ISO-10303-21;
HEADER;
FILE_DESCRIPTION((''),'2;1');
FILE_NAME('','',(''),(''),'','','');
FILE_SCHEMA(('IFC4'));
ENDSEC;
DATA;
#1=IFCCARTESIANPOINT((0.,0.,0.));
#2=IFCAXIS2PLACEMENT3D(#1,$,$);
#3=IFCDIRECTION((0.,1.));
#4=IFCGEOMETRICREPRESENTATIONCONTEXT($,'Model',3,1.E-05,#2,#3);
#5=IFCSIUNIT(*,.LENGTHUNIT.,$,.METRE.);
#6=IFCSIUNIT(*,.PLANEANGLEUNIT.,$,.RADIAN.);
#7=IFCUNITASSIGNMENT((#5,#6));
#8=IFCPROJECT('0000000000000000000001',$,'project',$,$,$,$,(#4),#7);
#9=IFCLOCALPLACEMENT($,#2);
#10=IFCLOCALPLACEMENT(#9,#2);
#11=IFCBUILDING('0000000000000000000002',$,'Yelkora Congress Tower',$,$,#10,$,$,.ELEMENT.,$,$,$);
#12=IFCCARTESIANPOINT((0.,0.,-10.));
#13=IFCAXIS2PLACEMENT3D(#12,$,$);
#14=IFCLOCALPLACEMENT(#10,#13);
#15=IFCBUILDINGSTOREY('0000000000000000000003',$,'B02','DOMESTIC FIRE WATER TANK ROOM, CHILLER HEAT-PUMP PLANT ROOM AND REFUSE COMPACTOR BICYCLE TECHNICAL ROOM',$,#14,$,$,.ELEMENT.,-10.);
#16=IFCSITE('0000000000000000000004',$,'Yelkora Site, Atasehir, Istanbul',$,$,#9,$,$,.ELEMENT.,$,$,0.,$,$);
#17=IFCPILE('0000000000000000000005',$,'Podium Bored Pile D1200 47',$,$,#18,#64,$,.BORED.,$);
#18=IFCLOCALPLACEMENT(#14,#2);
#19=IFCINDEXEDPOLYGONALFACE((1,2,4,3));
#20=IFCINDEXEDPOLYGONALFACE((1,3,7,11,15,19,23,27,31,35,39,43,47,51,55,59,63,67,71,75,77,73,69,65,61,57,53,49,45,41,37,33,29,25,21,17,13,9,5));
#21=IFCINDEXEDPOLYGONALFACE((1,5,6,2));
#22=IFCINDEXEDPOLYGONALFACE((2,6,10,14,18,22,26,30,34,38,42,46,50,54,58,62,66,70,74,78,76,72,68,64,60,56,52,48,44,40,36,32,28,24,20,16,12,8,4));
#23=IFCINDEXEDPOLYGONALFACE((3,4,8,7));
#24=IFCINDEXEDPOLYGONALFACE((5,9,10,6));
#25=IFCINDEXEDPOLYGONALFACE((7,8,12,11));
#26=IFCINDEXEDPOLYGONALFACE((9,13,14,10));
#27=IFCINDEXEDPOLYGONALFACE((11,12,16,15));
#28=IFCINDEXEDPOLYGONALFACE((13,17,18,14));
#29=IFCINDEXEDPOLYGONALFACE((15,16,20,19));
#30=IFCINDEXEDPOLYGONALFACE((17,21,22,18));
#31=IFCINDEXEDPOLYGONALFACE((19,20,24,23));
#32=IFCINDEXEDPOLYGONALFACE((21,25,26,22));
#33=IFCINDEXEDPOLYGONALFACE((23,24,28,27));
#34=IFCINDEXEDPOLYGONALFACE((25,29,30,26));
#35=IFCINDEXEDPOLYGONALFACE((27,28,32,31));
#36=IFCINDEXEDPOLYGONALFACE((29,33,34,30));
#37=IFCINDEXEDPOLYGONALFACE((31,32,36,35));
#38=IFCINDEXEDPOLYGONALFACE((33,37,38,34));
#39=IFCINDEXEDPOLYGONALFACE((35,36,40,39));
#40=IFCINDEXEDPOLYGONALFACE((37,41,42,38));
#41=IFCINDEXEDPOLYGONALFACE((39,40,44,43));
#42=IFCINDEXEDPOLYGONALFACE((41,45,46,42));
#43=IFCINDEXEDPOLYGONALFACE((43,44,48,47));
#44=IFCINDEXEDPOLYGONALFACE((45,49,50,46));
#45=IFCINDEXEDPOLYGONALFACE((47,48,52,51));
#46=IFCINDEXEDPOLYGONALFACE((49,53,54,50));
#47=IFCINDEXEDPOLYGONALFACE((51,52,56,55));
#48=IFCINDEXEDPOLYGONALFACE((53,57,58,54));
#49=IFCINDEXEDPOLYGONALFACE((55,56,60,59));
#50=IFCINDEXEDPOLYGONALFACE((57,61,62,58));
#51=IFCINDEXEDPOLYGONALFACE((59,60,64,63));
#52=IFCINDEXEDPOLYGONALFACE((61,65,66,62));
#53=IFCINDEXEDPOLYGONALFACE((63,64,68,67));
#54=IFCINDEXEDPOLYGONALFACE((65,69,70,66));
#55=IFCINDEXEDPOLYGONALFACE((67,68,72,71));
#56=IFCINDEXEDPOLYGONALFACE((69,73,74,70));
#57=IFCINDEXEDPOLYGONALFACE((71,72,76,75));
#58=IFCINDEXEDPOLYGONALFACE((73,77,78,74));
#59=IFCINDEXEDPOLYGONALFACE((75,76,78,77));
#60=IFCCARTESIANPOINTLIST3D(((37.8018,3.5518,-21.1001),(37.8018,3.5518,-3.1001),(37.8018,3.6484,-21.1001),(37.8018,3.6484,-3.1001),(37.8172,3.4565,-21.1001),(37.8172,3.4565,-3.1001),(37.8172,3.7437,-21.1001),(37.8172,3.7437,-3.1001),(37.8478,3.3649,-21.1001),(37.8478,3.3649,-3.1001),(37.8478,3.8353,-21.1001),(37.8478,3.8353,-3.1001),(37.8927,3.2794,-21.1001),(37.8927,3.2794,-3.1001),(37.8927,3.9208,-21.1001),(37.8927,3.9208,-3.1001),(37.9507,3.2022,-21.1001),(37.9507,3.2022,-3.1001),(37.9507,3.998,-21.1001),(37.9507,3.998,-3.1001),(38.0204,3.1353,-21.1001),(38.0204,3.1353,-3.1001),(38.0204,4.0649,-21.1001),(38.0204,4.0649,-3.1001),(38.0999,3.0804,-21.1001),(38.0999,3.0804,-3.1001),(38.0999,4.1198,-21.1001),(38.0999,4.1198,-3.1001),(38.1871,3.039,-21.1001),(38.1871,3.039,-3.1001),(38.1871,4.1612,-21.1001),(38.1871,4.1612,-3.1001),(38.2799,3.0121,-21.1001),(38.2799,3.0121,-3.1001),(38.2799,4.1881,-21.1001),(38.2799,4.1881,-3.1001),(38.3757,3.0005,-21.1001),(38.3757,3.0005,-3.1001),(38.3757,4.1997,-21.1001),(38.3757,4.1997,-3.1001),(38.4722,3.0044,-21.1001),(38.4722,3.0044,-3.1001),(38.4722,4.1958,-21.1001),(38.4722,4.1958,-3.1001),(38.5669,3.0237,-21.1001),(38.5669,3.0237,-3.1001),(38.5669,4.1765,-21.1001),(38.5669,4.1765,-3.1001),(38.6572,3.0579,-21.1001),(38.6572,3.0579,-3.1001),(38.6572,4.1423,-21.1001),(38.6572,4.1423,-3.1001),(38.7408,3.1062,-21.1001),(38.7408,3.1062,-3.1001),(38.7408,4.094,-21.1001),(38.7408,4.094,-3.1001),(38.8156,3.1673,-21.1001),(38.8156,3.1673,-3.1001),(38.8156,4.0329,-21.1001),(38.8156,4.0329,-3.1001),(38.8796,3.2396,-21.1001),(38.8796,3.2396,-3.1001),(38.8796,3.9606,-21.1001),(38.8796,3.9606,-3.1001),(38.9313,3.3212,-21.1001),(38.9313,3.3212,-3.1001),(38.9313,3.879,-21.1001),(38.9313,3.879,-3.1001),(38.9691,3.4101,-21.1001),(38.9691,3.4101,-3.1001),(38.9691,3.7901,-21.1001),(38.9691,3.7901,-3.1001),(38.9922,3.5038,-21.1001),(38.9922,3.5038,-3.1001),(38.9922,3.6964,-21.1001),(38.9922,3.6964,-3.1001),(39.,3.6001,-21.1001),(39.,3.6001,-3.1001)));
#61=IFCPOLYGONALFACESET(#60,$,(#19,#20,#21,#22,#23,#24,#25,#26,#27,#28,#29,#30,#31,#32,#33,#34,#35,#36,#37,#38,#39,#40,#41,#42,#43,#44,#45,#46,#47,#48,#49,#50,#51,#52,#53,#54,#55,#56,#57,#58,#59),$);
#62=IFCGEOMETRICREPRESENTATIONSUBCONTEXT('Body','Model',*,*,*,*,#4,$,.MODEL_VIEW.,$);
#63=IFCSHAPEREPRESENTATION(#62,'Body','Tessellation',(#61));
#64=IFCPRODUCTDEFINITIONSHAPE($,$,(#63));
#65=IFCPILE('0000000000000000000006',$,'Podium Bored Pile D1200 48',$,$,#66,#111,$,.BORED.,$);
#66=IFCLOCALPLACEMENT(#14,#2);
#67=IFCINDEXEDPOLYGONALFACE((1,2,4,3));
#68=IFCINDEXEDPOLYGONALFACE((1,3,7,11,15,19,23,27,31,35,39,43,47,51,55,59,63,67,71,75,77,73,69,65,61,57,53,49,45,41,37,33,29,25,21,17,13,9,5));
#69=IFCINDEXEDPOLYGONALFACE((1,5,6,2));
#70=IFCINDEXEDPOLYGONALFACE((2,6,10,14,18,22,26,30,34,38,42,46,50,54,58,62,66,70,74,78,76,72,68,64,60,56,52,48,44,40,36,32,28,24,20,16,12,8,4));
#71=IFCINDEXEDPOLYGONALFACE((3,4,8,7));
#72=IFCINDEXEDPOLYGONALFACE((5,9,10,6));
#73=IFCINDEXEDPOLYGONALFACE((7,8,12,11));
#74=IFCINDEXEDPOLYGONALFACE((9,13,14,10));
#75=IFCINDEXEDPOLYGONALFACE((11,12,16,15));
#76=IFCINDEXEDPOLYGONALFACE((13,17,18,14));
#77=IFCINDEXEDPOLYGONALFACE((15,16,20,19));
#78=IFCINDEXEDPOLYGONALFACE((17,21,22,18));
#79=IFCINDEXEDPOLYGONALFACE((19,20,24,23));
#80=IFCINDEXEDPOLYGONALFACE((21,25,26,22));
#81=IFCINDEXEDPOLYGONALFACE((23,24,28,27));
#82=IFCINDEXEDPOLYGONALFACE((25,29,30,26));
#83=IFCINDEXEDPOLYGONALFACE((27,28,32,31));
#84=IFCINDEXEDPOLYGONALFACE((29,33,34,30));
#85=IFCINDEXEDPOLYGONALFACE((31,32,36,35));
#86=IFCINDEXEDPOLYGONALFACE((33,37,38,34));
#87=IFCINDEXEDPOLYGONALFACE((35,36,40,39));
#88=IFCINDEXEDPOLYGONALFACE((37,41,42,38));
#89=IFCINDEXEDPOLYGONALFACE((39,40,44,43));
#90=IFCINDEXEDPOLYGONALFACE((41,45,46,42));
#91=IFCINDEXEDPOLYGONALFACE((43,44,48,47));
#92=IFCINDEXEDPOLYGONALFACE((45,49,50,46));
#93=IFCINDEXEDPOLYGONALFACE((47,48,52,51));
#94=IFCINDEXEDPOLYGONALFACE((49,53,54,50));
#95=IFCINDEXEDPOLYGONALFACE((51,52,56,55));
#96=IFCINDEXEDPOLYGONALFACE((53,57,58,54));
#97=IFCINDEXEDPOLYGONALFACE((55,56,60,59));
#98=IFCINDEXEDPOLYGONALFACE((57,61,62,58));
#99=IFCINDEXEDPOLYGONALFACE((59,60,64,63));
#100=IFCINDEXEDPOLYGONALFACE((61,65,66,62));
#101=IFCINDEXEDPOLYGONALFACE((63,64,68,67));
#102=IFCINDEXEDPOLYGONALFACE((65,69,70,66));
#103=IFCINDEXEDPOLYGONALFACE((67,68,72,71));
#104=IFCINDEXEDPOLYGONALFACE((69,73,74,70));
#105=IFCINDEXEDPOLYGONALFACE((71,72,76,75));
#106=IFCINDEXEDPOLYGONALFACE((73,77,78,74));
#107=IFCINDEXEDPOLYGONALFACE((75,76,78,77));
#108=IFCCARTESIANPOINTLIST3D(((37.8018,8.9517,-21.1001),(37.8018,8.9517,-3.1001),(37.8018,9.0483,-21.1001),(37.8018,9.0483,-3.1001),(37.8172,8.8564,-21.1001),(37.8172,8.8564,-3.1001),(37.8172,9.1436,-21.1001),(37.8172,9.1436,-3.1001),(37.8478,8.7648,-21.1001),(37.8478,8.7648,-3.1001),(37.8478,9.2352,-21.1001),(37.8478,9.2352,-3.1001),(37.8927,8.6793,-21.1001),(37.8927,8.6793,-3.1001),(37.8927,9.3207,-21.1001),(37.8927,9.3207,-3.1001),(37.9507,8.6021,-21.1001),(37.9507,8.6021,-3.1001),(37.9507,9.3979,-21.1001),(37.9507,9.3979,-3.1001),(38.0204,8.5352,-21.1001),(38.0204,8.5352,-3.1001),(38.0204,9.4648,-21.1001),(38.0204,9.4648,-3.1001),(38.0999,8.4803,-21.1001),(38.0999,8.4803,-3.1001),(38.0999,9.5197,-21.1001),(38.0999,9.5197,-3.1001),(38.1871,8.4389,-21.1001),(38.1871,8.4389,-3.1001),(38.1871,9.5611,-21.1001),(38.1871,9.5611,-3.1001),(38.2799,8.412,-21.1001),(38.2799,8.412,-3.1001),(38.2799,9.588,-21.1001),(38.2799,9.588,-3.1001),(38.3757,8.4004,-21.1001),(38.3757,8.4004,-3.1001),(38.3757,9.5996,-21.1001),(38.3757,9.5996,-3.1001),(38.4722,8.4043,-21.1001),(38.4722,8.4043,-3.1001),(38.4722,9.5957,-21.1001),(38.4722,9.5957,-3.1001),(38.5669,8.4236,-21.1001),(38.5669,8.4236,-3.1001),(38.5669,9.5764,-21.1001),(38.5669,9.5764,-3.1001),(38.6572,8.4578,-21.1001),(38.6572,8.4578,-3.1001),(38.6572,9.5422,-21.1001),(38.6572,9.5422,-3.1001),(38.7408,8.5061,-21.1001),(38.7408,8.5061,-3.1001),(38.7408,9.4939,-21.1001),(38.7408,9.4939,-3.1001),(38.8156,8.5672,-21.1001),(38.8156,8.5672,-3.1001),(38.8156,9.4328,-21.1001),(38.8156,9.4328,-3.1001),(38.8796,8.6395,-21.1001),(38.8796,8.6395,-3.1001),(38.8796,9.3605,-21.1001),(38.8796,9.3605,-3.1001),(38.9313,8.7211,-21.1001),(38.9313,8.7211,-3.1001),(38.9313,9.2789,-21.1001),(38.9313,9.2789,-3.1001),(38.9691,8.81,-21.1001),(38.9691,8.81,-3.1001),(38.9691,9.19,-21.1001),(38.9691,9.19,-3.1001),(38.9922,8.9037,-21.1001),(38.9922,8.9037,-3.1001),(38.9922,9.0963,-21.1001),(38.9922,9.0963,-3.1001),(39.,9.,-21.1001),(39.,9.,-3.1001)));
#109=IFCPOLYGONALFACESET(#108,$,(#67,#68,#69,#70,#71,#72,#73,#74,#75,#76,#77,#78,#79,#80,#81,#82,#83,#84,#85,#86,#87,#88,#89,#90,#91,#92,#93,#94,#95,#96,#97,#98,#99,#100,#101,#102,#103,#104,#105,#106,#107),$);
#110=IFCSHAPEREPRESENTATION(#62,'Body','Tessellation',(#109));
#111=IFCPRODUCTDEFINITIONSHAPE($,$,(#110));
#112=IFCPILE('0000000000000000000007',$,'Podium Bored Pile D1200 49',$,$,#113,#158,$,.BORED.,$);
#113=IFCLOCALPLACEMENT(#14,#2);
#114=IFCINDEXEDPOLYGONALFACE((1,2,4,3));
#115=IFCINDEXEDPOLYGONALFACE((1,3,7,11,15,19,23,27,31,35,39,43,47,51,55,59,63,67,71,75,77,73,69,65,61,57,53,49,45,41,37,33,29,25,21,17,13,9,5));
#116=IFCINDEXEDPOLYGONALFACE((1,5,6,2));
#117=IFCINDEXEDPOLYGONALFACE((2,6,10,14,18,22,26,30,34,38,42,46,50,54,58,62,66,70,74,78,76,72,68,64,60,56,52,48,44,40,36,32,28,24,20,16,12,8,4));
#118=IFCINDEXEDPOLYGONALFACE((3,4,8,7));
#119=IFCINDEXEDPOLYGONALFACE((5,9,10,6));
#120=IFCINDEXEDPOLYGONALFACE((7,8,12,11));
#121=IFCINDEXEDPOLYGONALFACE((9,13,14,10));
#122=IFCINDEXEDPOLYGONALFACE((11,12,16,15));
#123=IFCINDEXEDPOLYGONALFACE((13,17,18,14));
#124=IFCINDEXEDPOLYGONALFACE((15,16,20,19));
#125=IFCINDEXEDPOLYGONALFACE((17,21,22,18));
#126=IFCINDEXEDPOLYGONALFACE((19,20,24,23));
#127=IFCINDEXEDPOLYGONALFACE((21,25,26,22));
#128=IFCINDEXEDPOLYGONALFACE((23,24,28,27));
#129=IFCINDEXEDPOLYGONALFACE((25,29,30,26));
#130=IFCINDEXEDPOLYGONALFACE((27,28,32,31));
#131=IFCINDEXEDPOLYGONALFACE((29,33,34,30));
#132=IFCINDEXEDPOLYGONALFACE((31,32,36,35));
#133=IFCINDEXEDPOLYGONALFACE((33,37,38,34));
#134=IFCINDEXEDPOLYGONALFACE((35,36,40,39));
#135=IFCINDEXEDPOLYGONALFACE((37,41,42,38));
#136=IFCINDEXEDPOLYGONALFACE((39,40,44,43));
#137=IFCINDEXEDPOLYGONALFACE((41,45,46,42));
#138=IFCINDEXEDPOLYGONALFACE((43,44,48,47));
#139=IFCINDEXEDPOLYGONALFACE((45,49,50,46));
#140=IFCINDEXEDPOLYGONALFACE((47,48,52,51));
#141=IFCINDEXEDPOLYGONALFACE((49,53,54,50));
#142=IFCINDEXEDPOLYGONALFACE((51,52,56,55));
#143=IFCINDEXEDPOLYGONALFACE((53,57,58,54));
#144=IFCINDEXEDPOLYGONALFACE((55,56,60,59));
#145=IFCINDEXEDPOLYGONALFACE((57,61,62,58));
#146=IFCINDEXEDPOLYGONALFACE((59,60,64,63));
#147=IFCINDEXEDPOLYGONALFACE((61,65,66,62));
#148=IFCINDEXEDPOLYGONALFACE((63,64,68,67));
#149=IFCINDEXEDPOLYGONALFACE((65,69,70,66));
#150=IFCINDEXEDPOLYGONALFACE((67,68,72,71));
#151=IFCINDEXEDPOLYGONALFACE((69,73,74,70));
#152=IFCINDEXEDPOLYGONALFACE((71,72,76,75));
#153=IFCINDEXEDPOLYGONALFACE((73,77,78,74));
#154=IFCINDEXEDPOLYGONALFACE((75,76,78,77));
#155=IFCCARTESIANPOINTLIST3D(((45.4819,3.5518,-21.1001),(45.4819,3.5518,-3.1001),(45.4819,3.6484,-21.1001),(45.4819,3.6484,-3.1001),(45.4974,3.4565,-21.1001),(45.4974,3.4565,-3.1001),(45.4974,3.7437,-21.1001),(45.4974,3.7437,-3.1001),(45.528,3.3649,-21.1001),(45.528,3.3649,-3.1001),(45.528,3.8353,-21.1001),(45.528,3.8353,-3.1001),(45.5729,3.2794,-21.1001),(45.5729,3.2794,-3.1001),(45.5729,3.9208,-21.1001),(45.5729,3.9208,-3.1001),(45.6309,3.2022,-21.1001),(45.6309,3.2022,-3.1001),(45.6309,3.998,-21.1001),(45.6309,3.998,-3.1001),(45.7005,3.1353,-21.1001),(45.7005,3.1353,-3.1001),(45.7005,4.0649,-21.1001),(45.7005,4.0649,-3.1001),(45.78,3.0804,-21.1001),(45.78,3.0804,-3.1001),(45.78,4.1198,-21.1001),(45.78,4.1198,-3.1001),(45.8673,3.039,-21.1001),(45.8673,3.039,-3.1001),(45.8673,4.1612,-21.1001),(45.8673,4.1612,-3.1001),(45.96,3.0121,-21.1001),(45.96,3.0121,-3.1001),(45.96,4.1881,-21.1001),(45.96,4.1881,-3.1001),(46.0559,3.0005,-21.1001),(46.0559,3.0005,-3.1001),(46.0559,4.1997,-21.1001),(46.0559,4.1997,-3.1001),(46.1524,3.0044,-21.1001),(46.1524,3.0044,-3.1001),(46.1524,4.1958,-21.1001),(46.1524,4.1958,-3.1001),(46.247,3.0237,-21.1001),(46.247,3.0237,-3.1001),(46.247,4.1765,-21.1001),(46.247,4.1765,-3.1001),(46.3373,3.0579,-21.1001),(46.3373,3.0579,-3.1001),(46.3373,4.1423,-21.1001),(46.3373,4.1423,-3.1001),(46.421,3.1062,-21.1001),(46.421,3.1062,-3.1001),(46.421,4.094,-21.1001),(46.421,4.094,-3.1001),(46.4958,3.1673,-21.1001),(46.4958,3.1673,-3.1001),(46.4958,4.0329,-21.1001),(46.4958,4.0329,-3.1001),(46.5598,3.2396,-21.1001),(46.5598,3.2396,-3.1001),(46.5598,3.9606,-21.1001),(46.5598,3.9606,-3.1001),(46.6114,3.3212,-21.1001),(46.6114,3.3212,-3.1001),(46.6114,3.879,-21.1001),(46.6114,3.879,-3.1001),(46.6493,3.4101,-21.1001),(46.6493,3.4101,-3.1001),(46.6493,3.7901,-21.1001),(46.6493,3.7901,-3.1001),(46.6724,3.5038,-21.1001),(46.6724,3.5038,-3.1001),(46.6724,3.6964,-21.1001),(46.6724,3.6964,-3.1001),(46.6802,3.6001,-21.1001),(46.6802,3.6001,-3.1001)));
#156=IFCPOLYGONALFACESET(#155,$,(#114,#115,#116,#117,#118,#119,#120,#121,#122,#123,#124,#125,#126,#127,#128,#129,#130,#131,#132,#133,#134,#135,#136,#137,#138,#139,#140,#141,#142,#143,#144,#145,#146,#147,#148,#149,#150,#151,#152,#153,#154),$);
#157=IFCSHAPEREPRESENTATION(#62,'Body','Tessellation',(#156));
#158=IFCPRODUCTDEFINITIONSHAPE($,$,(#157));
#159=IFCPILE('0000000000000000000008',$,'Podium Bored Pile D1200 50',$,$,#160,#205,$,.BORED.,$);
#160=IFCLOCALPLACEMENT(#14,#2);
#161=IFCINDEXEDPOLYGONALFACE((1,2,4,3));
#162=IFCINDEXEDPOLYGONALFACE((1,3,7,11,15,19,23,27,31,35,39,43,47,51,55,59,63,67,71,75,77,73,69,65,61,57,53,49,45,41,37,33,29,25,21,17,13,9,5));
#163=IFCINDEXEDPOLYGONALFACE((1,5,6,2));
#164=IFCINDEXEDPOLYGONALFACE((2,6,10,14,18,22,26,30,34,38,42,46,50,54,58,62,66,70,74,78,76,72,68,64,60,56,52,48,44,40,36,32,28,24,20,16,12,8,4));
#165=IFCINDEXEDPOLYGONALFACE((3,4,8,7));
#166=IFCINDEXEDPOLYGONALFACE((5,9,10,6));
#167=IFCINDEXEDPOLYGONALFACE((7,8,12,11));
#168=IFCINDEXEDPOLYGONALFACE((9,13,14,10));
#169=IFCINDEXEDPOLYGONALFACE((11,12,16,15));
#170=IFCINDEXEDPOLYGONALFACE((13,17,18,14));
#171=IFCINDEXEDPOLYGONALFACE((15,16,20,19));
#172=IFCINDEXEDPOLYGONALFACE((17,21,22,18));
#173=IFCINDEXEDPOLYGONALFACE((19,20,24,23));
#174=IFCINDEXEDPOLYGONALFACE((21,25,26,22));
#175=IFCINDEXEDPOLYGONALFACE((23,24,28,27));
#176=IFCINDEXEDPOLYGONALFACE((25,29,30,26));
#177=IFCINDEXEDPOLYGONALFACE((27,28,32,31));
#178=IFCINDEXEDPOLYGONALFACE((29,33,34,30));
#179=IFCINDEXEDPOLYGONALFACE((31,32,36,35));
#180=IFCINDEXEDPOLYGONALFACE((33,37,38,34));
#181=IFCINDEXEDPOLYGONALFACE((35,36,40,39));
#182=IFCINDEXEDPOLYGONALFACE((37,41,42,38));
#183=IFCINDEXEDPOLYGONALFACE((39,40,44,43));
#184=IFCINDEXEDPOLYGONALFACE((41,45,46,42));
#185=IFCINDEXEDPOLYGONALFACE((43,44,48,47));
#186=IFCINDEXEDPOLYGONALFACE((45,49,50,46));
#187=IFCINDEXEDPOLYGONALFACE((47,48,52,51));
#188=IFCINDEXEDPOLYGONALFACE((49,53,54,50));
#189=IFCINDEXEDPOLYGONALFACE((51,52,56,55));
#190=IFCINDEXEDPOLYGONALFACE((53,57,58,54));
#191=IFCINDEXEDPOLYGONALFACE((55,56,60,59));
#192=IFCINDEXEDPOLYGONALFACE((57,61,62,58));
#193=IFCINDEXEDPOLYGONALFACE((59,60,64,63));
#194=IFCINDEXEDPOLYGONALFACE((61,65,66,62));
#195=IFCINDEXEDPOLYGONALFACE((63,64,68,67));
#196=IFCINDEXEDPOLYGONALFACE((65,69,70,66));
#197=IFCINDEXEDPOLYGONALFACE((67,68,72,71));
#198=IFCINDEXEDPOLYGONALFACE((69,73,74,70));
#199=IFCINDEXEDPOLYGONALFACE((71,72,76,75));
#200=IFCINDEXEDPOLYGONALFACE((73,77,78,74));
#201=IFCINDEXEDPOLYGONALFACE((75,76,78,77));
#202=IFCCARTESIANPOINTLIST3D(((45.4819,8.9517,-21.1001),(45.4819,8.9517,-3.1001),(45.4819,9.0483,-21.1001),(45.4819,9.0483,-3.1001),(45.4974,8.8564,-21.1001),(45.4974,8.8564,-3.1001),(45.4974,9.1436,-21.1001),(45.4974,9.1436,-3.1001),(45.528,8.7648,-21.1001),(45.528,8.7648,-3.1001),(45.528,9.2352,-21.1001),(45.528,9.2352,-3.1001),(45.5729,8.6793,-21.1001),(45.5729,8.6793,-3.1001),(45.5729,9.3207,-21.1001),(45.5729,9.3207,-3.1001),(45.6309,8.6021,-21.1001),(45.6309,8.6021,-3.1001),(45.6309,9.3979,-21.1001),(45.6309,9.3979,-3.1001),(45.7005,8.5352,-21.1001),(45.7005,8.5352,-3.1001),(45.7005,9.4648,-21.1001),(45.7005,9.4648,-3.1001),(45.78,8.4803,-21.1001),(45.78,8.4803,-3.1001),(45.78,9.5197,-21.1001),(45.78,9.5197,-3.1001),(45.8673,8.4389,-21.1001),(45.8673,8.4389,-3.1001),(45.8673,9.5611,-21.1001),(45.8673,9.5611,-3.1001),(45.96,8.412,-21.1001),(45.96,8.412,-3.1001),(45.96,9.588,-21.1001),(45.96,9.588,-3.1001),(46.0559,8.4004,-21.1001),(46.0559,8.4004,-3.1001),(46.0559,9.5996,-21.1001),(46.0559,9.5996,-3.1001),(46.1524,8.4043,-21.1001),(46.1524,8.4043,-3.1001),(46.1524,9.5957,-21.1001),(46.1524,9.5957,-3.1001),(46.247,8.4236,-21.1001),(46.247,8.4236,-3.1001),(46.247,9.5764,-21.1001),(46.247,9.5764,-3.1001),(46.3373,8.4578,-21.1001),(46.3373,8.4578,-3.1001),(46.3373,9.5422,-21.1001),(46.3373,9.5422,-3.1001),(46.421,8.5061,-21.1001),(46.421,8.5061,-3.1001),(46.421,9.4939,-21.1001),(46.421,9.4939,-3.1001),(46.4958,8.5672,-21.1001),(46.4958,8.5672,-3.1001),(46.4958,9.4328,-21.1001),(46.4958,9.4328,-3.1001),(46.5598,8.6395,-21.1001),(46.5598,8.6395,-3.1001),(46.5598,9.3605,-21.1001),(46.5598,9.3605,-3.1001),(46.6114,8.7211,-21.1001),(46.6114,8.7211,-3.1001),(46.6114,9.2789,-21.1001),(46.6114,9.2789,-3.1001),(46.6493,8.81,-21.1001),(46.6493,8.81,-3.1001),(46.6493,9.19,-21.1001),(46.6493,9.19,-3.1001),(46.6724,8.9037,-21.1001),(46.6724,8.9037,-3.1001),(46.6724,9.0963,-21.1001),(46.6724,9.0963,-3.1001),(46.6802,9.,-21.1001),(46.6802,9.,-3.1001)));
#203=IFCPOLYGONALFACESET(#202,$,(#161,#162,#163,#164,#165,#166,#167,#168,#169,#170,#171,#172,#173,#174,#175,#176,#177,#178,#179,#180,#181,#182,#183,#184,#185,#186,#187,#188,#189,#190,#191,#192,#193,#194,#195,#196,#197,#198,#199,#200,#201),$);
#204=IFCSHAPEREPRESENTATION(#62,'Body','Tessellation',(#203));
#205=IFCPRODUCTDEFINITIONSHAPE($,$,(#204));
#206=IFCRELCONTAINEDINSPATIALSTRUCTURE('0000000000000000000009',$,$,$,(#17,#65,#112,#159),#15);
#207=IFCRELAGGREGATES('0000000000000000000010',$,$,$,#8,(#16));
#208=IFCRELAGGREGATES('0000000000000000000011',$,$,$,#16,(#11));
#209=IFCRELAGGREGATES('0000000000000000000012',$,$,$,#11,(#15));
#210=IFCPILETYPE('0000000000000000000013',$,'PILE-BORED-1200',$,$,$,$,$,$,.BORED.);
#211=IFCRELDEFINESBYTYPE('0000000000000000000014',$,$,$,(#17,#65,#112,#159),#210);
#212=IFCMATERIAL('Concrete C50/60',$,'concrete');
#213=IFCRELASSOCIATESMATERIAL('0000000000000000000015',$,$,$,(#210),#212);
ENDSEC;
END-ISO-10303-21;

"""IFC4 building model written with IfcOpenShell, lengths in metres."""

from ifc_helpers import new_model, si_unit, direction, frame, origin, origin_2d, place, context, subcontext, project, spatial, circle, extrude, material, material_profile, profile_set, type_object, element, save


model = new_model("IFC4")

# Units and contexts
model_context = context("Model", 3, precision=1e-05, world=origin(), true_north=direction((0.0, 1.0)))
body_context = subcontext(model_context, "Body", "Model", "MODEL_VIEW")
ifc_project = project(units=[si_unit("LENGTHUNIT", "METRE"), si_unit("PLANEANGLEUNIT", "RADIAN")], contexts=[model_context])

# Site, building, storey
site_placement = place(None, origin())
site = spatial("IfcSite", under=ifc_project, at=site_placement, Name="Yelkora Site, Atasehir, Istanbul", CompositionType="ELEMENT", RefElevation=0.0)
building_placement = place(site_placement, origin())
building = spatial("IfcBuilding", under=site, at=building_placement, Name="Yelkora Congress Tower", CompositionType="ELEMENT")
storey_placement = place(building_placement, frame((0.0, 0.0, -10.0)))
storey = spatial("IfcBuildingStorey", under=building, at=storey_placement, Name="B02", Description="DOMESTIC FIRE WATER TANK ROOM, CHILLER HEAT-PUMP PLANT ROOM AND REFUSE COMPACTOR BICYCLE TECHNICAL ROOM", CompositionType="ELEMENT", Elevation=-10.0)

# Piles
ifc_material_1 = material(Name="Concrete C50/60", Category="concrete")
ifc_material_profile_1 = material_profile(ifc_material_1, circle(Radius=0.6001, at=origin_2d()), Name="PILE D1200")
ifc_profile_set_1 = profile_set([ifc_material_profile_1], Name="Concrete C50/60")
pile_type_1 = type_object("IfcPileType", Name="PILE-BORED-1200", PredefinedType="BORED", material=ifc_profile_set_1)
for number, where, z_axis, x_axis, name in (
    (1, (38.3999, 3.6001, -3.1001), (0.0, 0.0, -1.0), (1.0, 0.0, 0.0), "Podium Bored Pile D1200 47"),
    (2, (38.3999, 9.0, -3.1001), (0.0, 0.0, -1.0), (1.0, 0.0, 0.0), "Podium Bored Pile D1200 48"),
    (3, (46.0801, 3.6001, -3.1001), (0.0, 0.0, -1.0), (1.0, 0.0, 0.0), "Podium Bored Pile D1200 49"),
    (4, (46.0801, 9.0, -3.1001), (0.0, 0.0, -1.0), (1.0, 0.0, 0.0), "Podium Bored Pile D1200 50"),
):
    element("IfcPile", number, at=place(storey_placement, frame(where, z_axis=z_axis, x_axis=x_axis)), inside=storey, type_object=pile_type_1, Name=name, PredefinedType="BORED", context=body_context, shape_type="SweptSolid", body=[
        extrude(circle(Radius=0.6001, at=origin_2d()), origin(), (0.0, 0.0, 1.0), 18.0),
    ])

save(model, "model.ifc")
